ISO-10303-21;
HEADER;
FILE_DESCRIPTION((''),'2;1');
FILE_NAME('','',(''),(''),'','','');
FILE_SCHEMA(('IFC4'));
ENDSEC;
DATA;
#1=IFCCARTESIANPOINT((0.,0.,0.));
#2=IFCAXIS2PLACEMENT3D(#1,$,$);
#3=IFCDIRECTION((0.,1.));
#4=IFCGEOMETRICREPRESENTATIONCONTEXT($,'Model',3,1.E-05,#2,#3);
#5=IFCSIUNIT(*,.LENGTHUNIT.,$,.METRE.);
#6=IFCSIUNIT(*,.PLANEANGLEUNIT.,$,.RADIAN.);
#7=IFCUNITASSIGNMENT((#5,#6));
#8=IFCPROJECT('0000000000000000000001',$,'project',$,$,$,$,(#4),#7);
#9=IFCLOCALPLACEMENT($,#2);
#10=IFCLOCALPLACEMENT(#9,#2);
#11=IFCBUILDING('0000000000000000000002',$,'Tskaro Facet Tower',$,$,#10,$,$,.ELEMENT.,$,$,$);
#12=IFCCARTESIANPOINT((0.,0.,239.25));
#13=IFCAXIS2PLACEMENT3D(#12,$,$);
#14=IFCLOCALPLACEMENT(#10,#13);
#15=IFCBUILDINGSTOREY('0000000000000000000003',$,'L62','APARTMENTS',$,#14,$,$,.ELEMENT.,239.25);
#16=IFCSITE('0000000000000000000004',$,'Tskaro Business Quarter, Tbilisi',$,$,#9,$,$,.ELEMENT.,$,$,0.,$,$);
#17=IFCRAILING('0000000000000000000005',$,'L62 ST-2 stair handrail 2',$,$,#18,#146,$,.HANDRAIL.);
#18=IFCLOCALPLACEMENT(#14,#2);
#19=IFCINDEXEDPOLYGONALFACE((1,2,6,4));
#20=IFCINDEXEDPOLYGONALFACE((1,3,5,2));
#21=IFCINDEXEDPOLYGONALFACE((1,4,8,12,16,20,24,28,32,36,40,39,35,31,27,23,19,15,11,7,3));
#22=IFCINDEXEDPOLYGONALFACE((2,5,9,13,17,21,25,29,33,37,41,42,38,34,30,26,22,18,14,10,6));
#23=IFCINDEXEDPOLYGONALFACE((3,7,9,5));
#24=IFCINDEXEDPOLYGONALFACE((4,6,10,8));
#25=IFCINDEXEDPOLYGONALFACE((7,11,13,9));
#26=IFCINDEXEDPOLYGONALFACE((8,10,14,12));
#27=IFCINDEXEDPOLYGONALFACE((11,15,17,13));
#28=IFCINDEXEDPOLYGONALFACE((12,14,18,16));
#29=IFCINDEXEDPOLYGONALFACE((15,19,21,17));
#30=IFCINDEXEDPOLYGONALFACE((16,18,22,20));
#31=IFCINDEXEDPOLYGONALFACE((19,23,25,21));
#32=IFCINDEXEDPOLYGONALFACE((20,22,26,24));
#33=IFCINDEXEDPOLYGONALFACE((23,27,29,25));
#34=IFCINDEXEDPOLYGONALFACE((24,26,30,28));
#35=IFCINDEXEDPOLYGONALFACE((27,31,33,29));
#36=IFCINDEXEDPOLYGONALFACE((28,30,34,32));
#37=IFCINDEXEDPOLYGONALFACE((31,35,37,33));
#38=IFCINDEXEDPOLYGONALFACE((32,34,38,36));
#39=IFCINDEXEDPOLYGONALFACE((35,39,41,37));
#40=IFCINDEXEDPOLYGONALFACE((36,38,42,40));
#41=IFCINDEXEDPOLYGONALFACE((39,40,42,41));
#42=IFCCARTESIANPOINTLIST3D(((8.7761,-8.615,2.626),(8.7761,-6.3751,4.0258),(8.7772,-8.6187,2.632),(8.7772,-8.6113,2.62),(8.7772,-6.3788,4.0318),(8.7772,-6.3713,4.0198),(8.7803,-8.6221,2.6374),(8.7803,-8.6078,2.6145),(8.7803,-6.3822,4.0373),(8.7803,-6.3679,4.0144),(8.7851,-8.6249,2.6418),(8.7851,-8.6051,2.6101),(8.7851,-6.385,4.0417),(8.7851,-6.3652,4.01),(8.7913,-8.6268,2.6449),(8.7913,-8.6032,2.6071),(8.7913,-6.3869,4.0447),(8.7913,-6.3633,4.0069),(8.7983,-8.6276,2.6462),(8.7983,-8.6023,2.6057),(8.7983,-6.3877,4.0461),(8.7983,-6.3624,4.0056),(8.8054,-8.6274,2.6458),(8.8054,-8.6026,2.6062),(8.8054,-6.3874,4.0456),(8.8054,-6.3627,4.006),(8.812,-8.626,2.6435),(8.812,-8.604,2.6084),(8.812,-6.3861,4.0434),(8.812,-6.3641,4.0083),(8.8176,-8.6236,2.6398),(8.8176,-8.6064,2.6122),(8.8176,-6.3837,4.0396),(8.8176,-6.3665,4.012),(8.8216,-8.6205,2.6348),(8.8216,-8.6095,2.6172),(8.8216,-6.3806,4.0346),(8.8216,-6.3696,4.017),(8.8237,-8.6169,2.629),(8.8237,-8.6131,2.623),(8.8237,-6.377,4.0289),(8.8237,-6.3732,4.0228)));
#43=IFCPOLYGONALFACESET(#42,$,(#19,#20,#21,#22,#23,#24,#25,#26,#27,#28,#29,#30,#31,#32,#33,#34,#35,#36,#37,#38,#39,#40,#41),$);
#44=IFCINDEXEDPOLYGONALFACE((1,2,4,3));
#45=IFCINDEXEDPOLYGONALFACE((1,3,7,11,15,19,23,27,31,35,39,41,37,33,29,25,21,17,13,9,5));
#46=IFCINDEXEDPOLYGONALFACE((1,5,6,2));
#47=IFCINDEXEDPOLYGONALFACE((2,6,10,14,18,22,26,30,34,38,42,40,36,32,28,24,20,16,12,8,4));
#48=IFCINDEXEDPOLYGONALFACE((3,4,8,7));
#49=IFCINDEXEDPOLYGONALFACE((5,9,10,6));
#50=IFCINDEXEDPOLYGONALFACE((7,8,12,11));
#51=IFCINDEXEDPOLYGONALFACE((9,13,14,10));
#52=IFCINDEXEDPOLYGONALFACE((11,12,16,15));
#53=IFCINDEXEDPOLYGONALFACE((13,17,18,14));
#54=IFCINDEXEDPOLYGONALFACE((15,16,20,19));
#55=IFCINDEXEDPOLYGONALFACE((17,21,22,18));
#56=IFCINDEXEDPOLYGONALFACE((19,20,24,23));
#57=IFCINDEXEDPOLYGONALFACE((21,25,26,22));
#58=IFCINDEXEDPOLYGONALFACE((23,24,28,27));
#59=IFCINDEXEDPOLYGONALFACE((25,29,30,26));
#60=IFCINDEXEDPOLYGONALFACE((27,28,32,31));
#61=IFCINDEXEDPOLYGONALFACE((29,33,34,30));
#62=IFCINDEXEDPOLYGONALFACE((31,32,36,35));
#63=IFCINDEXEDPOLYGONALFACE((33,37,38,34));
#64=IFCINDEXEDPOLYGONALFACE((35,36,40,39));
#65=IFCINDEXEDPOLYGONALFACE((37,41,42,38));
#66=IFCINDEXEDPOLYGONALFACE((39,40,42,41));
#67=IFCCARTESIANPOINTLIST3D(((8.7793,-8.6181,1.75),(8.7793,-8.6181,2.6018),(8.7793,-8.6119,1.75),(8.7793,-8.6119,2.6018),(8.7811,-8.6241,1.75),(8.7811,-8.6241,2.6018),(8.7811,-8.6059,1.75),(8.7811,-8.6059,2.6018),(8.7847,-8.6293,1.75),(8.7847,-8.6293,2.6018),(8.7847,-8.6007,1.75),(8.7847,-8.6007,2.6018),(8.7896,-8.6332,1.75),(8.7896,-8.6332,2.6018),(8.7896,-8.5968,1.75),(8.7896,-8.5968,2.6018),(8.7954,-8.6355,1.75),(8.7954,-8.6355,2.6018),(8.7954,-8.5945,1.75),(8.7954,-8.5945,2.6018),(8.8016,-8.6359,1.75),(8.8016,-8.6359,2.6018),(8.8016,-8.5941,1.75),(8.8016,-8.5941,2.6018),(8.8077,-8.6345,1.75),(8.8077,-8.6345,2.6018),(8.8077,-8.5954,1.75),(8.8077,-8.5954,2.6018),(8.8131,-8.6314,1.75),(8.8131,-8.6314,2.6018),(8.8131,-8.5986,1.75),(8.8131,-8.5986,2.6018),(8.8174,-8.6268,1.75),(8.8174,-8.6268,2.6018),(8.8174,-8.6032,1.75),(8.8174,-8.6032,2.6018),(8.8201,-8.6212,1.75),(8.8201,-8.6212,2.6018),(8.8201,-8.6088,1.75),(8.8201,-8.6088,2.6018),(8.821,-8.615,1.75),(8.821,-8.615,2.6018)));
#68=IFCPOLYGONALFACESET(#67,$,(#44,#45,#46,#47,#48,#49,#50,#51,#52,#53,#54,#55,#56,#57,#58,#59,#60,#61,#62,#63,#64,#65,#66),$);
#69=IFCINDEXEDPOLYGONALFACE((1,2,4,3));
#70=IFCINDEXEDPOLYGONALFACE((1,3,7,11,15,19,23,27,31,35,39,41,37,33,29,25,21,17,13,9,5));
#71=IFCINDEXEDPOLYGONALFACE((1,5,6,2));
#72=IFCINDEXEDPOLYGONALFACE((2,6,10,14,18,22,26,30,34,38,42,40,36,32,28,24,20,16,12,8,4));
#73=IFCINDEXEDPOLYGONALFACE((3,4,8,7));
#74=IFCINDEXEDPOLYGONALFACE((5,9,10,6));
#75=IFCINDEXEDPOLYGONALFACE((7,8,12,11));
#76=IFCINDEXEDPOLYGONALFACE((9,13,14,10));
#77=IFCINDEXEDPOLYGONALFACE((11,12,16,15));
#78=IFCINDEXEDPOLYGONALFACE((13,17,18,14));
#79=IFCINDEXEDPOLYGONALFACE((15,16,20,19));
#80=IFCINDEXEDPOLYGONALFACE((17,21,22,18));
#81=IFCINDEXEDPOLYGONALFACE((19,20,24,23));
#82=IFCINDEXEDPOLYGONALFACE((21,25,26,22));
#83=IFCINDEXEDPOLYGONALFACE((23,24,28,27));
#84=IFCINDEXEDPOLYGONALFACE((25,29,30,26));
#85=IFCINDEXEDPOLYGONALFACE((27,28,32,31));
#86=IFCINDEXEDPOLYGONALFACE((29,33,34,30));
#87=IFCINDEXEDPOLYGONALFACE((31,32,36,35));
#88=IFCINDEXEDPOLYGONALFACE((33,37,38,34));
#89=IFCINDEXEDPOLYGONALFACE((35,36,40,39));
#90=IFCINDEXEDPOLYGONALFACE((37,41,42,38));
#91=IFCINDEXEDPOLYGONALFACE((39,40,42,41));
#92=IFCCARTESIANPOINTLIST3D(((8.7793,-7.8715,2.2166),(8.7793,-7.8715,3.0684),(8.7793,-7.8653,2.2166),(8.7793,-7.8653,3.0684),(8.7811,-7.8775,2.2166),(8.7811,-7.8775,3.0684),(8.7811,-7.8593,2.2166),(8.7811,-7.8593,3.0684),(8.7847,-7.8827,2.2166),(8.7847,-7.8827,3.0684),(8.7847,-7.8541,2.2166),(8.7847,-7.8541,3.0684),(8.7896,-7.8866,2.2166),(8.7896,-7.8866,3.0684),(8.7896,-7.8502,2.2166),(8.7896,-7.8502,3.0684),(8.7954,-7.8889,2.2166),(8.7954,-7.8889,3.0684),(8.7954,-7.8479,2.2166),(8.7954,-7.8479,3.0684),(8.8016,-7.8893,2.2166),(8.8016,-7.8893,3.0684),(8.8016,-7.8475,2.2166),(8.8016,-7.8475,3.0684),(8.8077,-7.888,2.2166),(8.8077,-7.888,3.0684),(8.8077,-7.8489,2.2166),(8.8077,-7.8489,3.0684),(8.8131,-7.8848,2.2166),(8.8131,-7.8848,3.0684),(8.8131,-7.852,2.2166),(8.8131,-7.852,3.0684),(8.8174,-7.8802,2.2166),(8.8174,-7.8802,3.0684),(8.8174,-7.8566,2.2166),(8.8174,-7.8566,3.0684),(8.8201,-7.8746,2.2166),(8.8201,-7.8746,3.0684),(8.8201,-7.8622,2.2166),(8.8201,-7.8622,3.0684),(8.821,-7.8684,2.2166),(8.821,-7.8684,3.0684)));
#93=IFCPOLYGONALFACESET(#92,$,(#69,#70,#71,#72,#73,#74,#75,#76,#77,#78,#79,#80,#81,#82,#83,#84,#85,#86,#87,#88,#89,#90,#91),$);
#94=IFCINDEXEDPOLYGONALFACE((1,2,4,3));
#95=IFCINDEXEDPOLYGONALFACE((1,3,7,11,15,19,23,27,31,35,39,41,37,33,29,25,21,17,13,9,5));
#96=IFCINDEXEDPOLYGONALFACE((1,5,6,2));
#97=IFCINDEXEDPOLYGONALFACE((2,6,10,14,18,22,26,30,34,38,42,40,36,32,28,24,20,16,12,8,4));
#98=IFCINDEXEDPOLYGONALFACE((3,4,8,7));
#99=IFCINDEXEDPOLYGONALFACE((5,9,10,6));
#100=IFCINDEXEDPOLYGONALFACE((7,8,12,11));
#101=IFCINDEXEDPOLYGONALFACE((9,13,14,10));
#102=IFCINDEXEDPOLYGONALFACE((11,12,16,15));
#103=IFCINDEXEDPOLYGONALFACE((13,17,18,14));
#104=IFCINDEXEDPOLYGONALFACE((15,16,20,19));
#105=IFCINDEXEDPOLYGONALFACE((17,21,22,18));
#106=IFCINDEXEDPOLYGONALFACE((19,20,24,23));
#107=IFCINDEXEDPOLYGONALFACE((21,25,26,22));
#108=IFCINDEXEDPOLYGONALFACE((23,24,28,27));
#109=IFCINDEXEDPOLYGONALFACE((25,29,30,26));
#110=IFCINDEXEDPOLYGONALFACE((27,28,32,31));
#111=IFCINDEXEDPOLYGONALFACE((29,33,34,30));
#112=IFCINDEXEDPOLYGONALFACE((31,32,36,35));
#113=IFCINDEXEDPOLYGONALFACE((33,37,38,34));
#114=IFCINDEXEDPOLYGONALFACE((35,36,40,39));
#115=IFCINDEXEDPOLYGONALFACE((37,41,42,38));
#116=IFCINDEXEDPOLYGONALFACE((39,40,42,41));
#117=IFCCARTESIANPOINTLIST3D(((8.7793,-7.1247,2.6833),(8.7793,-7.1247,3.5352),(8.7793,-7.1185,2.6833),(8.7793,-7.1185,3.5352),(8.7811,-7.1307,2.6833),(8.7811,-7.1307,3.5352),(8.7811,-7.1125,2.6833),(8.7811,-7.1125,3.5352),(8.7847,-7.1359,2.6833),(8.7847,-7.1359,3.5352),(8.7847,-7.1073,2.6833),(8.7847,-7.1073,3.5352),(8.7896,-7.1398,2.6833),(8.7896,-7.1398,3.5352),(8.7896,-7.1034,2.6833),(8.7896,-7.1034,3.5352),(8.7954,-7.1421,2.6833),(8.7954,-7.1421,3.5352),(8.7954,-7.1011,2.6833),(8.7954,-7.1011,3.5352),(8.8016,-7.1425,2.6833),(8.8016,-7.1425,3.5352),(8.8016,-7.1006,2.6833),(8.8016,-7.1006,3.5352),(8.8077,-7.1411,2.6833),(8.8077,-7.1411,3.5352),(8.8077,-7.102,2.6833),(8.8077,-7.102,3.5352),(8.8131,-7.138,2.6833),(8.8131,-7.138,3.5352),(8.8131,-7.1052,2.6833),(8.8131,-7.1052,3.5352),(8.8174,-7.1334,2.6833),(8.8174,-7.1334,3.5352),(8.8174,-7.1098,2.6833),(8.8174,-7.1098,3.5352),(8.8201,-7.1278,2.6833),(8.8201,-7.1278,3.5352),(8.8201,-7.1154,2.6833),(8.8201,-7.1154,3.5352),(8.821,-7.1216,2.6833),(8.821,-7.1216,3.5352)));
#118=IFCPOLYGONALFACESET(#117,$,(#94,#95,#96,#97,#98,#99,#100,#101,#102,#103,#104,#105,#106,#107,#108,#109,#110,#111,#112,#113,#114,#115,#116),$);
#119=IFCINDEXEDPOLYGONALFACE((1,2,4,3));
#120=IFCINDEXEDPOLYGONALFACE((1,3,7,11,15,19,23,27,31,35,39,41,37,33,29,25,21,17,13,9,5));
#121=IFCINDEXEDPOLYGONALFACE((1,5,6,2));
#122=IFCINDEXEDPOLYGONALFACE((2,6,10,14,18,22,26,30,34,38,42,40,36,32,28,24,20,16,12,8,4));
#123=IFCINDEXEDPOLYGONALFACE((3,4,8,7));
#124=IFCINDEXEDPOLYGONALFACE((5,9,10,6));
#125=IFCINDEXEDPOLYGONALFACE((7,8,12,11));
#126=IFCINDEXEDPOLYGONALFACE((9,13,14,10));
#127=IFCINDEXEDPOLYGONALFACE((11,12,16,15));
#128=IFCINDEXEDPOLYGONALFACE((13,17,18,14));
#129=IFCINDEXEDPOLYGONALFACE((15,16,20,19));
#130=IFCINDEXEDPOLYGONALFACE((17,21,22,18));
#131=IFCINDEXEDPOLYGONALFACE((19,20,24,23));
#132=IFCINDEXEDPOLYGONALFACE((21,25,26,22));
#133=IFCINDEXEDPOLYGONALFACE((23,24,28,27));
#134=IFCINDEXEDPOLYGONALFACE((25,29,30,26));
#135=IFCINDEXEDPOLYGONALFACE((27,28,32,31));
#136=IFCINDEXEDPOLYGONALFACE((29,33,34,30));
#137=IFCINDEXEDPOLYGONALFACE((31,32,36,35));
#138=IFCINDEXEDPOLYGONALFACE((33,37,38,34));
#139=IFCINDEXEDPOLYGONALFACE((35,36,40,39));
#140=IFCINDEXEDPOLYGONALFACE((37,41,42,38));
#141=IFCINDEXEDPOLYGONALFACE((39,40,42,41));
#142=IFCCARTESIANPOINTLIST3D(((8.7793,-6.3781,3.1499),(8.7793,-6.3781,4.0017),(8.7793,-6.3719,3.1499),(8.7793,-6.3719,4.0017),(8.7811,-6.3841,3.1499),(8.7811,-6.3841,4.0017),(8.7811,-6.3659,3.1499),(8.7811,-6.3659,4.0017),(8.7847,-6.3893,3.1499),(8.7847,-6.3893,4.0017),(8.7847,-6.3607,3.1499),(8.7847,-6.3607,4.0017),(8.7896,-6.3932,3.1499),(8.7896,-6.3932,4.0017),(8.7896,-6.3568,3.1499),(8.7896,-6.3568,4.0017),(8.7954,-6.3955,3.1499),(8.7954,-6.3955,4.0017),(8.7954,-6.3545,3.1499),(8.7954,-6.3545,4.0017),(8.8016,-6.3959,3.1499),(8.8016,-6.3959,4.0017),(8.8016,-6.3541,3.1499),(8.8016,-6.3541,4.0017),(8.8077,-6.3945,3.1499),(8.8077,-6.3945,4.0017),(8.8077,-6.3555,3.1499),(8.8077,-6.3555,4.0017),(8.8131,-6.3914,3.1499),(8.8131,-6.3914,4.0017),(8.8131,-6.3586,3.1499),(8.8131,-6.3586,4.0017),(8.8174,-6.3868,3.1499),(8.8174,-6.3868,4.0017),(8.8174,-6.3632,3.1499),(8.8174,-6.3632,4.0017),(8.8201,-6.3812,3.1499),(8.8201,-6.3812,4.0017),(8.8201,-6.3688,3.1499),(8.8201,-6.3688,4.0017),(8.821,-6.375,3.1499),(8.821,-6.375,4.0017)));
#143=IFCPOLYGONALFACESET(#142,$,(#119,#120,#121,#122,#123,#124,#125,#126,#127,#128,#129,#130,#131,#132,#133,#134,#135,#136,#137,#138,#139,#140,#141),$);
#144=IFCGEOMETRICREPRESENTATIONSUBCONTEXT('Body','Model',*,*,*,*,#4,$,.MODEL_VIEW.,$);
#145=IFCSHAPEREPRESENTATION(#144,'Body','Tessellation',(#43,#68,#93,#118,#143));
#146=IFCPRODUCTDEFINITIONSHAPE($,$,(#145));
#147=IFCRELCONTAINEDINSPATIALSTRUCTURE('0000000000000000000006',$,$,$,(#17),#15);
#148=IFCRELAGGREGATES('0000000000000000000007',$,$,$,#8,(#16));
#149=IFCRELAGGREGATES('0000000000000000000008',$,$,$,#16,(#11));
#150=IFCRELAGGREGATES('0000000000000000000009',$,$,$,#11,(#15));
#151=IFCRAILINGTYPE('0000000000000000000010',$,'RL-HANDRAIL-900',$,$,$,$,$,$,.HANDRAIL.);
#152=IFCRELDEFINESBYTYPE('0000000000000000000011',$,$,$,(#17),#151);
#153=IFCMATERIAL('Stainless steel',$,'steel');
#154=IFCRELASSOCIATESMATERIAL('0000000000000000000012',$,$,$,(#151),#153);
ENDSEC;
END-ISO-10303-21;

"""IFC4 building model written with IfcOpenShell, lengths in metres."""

from ifc_helpers import new_model, si_unit, direction, frame, origin, origin_2d, place, context, subcontext, project, spatial, circle, extrude, material, type_object, element, save


model = new_model("IFC4")

# Units and contexts
model_context = context("Model", 3, precision=1e-05, world=origin(), true_north=direction((0.0, 1.0)))
body_context = subcontext(model_context, "Body", "Model", "MODEL_VIEW")
ifc_project = project(units=[si_unit("LENGTHUNIT", "METRE"), si_unit("PLANEANGLEUNIT", "RADIAN")], contexts=[model_context])

# Site, building, storey
site_placement = place(None, origin())
site = spatial("IfcSite", under=ifc_project, at=site_placement, Name="Tskaro Business Quarter, Tbilisi", CompositionType="ELEMENT", RefElevation=0.0)
building_placement = place(site_placement, origin())
building = spatial("IfcBuilding", under=site, at=building_placement, Name="Tskaro Facet Tower", CompositionType="ELEMENT")
storey_placement = place(building_placement, frame((0.0, 0.0, 239.25)))
storey = spatial("IfcBuildingStorey", under=building, at=storey_placement, Name="L62", Description="APARTMENTS", CompositionType="ELEMENT", Elevation=239.25)

# Railing
ifc_material_1 = material(Name="Stainless steel", Category="steel")
railing_type_1 = type_object("IfcRailingType", Name="RL-HANDRAIL-900", PredefinedType="HANDRAIL", material=ifc_material_1)
railing_1_placement = place(storey_placement, frame((8.8, -8.615, 1.75)))
element("IfcRailing", 1, at=railing_1_placement, inside=storey, type_object=railing_type_1, Name="L62 ST-2 stair handrail 2", PredefinedType="HANDRAIL", context=body_context, shape_type="SweptSolid", body=[
    extrude(circle(Radius=0.0239, at=origin_2d()), frame((0.0, 0.0, 0.876), z_axis=(0.0, 0.848014, 0.529974), x_axis=(-1.0, 0.0, 0.0)), (0.0, 0.0, 1.0), 2.6414),
    extrude(circle(Radius=0.021, at=origin_2d()), origin(), (0.0, 0.0, 1.0), 0.8518),
    extrude(circle(Radius=0.021, at=origin_2d()), frame((0.0, 0.7466, 0.4666)), (0.0, 0.0, 1.0), 0.8518),
    extrude(circle(Radius=0.021, at=origin_2d()), frame((0.0, 1.4934, 0.9333)), (0.0, 0.0, 1.0), 0.8518),
    extrude(circle(Radius=0.021, at=origin_2d()), frame((0.0, 2.24, 1.3999)), (0.0, 0.0, 1.0), 0.8518),
])

save(model, "model.ifc")
